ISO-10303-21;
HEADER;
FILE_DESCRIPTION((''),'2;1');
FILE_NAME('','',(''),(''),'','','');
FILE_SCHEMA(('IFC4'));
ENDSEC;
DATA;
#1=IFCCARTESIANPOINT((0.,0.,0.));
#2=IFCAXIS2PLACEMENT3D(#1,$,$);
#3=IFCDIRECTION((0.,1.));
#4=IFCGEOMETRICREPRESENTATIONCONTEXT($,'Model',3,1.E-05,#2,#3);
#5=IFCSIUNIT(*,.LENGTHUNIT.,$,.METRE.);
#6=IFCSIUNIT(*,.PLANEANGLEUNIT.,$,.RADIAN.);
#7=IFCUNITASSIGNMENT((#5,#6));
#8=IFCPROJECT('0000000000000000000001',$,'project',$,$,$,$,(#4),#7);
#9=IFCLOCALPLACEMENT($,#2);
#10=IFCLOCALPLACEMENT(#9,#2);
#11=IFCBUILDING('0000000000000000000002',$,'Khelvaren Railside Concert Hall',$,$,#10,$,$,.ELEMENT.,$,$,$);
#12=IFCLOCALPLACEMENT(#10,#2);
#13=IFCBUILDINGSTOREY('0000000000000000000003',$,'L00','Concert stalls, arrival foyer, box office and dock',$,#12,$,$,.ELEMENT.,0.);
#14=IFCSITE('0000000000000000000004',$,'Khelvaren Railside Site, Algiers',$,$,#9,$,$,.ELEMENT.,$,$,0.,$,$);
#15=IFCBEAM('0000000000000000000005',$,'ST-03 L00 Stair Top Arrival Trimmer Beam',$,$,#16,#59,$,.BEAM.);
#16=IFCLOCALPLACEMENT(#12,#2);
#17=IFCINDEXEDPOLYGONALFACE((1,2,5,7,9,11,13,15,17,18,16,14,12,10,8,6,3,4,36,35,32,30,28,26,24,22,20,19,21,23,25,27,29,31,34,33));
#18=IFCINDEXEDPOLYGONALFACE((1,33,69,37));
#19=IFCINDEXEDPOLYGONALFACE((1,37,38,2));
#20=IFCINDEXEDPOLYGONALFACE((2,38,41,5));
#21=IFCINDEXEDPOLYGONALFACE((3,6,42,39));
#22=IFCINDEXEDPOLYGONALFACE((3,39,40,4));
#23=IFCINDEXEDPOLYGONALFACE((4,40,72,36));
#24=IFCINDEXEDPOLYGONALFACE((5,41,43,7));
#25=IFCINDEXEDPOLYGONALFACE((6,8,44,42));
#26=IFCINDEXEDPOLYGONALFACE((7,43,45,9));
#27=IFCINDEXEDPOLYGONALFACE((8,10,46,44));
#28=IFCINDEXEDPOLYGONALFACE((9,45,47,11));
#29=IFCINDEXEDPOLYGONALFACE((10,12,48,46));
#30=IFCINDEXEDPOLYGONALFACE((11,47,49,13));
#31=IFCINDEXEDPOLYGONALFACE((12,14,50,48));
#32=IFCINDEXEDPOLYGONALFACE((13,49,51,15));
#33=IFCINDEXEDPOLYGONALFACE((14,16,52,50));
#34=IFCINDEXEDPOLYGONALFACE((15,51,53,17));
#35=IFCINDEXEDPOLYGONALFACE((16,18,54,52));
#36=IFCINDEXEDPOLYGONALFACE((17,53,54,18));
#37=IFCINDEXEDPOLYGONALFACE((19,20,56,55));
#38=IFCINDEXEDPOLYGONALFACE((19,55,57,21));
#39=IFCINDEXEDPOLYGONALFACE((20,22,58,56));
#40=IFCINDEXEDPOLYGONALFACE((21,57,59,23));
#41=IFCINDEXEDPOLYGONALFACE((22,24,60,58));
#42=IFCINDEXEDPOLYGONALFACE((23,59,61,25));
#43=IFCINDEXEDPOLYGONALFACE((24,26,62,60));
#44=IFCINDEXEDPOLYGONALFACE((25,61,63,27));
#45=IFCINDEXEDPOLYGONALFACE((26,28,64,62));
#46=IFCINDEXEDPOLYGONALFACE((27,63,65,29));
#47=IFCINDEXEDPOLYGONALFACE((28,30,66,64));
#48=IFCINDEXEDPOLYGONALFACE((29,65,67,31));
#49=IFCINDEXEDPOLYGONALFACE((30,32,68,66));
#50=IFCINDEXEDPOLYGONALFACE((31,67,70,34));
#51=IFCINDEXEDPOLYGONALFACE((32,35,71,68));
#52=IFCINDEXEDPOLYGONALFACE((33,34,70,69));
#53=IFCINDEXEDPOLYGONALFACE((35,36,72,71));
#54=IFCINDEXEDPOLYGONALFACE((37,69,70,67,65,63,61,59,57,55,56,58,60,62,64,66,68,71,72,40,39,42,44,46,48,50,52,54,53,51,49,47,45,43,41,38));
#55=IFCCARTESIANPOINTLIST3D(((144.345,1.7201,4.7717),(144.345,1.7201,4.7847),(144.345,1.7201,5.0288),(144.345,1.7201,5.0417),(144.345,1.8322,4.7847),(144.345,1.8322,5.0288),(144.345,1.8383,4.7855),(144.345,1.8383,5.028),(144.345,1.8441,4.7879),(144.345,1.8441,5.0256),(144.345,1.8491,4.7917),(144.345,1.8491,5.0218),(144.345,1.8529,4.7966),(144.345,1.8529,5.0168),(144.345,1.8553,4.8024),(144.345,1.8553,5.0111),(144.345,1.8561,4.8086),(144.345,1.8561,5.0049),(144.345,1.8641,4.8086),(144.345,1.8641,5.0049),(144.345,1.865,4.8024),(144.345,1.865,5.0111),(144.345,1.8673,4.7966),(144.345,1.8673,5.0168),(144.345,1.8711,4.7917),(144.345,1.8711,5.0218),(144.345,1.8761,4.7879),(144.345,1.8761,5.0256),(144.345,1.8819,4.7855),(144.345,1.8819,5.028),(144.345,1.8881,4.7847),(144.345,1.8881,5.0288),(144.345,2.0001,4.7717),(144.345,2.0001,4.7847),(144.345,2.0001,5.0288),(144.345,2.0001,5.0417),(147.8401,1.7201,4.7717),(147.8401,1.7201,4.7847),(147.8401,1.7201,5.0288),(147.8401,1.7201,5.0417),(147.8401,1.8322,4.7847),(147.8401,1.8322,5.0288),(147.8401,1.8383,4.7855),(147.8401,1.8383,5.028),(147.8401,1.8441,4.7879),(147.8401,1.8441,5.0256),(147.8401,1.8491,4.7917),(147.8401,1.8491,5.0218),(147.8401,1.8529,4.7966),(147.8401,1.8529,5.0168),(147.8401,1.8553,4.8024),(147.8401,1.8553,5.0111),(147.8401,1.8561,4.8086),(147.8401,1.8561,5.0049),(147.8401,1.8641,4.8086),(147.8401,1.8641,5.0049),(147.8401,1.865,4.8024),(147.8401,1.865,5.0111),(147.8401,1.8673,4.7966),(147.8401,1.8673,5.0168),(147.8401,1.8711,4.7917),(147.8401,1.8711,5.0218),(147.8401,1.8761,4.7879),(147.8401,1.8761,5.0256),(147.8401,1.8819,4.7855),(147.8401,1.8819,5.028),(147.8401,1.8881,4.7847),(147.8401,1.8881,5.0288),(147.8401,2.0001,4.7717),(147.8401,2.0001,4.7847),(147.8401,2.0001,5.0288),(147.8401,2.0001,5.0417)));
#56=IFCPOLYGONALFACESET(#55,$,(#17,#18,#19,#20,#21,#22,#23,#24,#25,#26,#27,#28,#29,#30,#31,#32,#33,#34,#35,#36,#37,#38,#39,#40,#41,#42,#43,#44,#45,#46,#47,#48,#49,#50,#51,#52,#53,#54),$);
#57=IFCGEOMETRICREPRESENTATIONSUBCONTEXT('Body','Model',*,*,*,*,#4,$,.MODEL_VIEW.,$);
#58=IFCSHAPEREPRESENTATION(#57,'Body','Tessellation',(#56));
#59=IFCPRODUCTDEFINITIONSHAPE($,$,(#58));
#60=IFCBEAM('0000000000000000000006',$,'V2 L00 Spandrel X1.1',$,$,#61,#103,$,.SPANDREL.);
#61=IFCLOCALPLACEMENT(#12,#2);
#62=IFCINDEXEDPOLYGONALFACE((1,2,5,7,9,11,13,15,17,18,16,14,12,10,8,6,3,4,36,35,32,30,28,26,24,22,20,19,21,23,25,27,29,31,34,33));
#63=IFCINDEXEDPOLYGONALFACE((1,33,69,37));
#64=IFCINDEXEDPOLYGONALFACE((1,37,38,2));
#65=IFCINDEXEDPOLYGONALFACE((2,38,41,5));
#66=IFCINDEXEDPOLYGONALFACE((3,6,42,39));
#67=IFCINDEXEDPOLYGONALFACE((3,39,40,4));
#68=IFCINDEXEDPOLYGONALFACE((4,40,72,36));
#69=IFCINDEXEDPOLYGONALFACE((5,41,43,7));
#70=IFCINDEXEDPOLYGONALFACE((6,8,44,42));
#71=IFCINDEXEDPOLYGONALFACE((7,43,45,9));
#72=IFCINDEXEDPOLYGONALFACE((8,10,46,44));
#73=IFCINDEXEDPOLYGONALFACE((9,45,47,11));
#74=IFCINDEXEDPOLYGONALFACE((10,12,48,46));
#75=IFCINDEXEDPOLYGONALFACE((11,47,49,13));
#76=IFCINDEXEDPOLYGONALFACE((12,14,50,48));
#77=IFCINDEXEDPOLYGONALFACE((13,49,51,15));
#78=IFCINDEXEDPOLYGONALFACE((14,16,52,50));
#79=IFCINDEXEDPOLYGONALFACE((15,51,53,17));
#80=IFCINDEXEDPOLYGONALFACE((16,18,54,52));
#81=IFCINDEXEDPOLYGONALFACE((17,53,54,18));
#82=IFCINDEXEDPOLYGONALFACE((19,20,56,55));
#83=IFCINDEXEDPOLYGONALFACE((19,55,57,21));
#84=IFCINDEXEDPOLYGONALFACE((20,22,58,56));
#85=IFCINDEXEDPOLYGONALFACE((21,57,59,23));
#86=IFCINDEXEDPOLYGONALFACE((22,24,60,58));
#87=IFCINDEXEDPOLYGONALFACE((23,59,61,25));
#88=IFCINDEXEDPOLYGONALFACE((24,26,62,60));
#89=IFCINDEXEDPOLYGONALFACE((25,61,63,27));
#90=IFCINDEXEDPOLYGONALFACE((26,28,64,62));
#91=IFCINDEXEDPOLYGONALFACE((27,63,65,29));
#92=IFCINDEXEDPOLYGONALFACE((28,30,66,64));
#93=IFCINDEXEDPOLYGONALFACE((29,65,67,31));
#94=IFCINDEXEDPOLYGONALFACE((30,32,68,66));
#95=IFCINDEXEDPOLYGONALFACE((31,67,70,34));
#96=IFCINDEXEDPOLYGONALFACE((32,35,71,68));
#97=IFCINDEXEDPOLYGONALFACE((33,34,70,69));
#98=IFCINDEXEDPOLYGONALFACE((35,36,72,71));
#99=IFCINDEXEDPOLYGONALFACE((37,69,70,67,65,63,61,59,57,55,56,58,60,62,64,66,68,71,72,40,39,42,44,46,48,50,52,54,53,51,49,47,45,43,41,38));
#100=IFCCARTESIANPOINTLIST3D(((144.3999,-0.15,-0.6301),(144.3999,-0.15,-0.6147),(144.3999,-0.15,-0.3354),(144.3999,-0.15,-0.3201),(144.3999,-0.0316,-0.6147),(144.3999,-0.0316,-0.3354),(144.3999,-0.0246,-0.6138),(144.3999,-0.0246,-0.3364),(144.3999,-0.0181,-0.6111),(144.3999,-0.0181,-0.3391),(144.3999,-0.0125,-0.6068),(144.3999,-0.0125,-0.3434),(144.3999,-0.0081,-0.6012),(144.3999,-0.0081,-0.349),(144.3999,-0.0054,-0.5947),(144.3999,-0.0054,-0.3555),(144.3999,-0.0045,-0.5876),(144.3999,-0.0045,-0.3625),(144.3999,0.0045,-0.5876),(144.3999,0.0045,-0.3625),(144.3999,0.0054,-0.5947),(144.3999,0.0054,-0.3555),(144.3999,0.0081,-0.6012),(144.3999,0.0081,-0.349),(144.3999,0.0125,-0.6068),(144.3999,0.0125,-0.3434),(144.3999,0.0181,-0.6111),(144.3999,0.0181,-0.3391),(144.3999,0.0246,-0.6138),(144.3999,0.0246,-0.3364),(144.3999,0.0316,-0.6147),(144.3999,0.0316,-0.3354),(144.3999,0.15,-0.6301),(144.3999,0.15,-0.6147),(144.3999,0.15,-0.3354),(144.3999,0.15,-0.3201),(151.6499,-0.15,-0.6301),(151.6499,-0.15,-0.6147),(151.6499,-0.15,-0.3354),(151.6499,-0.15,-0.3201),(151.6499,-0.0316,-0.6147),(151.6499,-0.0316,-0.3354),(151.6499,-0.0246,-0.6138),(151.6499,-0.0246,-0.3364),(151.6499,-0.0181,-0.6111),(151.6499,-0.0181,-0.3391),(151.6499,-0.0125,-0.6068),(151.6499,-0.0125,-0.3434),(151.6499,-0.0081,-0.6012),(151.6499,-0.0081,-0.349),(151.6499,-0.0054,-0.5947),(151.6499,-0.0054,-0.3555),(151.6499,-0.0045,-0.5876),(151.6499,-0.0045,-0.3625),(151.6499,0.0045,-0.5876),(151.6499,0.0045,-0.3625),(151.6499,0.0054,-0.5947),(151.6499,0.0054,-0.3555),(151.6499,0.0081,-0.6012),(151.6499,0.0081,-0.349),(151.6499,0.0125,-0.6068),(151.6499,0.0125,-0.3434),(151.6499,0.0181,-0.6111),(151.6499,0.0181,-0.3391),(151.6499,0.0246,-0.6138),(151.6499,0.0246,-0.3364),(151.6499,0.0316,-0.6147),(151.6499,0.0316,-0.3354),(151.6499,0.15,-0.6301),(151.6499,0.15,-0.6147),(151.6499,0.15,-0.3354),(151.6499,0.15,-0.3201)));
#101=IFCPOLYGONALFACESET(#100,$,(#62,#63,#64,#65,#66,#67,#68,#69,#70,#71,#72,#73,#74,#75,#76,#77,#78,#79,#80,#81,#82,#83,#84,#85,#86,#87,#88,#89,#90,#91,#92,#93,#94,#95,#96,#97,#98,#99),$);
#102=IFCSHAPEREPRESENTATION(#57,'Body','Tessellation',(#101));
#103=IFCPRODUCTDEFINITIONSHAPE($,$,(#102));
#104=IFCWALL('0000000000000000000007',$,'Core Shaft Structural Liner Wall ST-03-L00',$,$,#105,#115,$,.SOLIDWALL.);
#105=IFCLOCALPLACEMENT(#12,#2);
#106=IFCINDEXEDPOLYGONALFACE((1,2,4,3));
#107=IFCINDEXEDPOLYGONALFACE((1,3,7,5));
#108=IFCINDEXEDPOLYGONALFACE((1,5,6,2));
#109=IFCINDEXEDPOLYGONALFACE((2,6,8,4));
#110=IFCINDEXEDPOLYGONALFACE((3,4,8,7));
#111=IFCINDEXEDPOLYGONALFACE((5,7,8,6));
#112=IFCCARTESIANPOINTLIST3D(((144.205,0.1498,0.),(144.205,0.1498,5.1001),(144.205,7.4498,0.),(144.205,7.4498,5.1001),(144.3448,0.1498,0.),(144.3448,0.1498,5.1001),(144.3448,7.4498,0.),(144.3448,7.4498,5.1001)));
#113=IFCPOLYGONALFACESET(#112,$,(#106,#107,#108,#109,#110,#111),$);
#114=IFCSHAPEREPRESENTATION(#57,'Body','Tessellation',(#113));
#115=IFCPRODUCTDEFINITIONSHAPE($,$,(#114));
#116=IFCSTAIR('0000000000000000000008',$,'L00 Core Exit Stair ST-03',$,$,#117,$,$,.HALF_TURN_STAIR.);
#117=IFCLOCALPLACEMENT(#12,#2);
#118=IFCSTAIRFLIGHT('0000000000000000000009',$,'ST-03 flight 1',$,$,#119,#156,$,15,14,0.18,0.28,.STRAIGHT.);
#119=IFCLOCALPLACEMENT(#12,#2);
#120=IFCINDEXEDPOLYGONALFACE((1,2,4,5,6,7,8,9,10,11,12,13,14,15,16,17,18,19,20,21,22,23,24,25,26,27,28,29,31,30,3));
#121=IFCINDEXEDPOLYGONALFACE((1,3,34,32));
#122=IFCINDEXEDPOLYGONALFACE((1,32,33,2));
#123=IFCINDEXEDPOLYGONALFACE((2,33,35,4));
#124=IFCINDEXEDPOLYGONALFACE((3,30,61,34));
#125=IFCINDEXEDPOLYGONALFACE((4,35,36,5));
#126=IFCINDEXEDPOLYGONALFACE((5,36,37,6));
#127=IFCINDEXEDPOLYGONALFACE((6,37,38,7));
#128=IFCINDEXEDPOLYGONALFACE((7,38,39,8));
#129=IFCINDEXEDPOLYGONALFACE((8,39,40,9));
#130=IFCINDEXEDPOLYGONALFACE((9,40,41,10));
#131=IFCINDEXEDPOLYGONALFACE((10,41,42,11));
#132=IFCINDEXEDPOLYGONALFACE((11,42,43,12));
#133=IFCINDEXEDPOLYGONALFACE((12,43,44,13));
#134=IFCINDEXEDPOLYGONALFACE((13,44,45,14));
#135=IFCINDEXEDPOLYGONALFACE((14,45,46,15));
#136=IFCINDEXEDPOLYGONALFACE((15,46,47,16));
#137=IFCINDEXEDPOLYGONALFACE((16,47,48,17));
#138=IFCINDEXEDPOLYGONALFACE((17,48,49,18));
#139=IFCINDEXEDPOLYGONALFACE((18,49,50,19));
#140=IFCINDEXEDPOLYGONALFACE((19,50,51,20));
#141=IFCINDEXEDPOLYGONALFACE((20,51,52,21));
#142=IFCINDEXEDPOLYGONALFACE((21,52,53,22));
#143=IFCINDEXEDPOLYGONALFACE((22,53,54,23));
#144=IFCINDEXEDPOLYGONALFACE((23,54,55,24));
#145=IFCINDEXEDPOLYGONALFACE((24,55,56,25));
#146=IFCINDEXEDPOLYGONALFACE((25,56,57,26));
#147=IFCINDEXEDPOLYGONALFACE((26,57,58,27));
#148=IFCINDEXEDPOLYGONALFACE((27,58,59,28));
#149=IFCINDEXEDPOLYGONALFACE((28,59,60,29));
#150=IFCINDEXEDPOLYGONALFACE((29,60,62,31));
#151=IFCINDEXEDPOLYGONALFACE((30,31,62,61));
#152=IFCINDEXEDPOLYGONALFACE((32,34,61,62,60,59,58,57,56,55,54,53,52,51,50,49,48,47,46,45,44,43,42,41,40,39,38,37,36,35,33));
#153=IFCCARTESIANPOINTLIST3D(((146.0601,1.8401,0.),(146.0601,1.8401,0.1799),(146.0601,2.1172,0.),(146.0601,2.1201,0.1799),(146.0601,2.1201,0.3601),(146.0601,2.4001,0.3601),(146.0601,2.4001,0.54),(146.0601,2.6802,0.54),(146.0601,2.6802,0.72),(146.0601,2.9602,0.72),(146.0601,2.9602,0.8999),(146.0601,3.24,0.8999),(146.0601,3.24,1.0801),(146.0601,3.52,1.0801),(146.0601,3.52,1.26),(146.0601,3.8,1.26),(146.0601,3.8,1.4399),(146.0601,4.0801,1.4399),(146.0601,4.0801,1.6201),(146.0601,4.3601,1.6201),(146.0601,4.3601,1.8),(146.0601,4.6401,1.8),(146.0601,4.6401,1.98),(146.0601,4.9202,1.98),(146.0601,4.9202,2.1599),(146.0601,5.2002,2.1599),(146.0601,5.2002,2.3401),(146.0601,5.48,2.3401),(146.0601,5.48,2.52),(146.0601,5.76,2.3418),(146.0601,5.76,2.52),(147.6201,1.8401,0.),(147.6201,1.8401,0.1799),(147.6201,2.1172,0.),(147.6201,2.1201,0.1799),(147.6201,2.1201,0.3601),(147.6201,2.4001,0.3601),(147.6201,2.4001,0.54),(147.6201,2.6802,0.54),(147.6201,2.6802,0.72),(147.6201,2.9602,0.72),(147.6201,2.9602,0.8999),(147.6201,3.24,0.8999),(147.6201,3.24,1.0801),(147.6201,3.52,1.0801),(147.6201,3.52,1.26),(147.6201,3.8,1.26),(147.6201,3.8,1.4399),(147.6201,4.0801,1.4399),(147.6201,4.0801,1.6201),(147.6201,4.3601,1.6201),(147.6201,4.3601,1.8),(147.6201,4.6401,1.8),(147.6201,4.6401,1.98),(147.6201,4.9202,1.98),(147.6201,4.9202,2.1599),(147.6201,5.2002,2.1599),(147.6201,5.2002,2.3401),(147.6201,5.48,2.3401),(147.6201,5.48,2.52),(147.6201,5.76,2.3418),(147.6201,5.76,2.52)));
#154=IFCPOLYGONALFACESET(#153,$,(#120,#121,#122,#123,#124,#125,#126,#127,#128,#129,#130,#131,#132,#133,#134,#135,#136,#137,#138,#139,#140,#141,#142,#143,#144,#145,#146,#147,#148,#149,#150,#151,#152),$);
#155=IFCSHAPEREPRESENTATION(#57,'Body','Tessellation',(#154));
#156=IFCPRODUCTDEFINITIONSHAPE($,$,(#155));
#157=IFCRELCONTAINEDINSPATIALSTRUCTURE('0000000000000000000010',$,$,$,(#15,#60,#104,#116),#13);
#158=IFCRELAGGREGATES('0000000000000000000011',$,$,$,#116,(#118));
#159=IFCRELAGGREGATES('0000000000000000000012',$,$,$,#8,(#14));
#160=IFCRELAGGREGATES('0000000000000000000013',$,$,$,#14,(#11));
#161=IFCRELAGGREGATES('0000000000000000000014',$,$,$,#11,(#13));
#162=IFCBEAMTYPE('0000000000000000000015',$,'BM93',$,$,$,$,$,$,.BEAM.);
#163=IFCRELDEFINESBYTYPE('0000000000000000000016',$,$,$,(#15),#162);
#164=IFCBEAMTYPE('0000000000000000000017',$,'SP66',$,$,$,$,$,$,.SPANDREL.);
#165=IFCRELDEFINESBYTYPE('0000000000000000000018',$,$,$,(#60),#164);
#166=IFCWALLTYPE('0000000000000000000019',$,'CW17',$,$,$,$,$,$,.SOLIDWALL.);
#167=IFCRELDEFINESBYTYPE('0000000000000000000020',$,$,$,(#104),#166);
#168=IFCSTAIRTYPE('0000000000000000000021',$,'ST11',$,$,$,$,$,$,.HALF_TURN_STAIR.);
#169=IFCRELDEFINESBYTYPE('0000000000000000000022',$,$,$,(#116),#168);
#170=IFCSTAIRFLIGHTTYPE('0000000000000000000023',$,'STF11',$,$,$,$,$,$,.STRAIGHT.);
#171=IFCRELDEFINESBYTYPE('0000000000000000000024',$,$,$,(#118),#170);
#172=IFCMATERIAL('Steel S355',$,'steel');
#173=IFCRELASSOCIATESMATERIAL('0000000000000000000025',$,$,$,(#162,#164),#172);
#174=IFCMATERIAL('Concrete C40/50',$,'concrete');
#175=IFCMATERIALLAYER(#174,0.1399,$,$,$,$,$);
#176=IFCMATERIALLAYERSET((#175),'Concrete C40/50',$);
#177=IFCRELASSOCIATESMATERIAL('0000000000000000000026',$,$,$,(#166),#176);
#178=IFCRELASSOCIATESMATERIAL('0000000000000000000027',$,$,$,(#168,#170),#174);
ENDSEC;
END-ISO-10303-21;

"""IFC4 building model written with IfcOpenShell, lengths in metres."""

from ifc_helpers import new_model, si_unit, direction, frame, frame_2d, origin, origin_2d, place, context, subcontext, project, spatial, polyline, rectangle, i_section, outline, extrude, material, layer, layer_set, material_profile, profile_set, type_object, element, aggregate, save


model = new_model("IFC4")

# Units and contexts
model_context = context("Model", 3, precision=1e-05, world=origin(), true_north=direction((0.0, 1.0)))
body_context = subcontext(model_context, "Body", "Model", "MODEL_VIEW")
ifc_project = project(units=[si_unit("LENGTHUNIT", "METRE"), si_unit("PLANEANGLEUNIT", "RADIAN")], contexts=[model_context])

# Site, building, storey
site_placement = place(None, origin())
site = spatial("IfcSite", under=ifc_project, at=site_placement, Name="Khelvaren Railside Site, Algiers", CompositionType="ELEMENT", RefElevation=0.0)
building_placement = place(site_placement, origin())
building = spatial("IfcBuilding", under=site, at=building_placement, Name="Khelvaren Railside Concert Hall", CompositionType="ELEMENT")
storey_placement = place(building_placement, origin())
storey = spatial("IfcBuildingStorey", under=building, at=storey_placement, Name="L00", Description="Concert stalls, arrival foyer, box office and dock", CompositionType="ELEMENT", Elevation=0.0)

# Beams
ifc_material_1 = material(Name="Steel S355", Category="steel")
ifc_material_profile_1 = material_profile(ifc_material_1, i_section(OverallWidth=0.28, OverallDepth=0.27, WebThickness=0.0081, FlangeThickness=0.0129, FilletRadius=0.0239, at=origin_2d()), Name="HEA 280")
ifc_profile_set_1 = profile_set([ifc_material_profile_1], Name="Steel S355")
beam_type_1 = type_object("IfcBeamType", Name="BM93", PredefinedType="BEAM", material=ifc_profile_set_1)
beam_1_placement = place(storey_placement, frame((144.345, 1.8601, 4.9067), z_axis=(1.0, 0.0, 0.0), x_axis=(0.0, 1.0, 0.0)))
element("IfcBeam", 1, at=beam_1_placement, inside=storey, type_object=beam_type_1, Name="ST-03 L00 Stair Top Arrival Trimmer Beam", PredefinedType="BEAM", context=body_context, shape_type="SweptSolid", body=[
    extrude(i_section(OverallWidth=0.28, OverallDepth=0.27, WebThickness=0.0081, FlangeThickness=0.0129, FilletRadius=0.0239, at=origin_2d()), origin(), (0.0, 0.0, 1.0), 3.4951),
])
ifc_material_profile_2 = material_profile(ifc_material_1, i_section(OverallWidth=0.3, OverallDepth=0.3101, WebThickness=0.009, FlangeThickness=0.0154, FilletRadius=0.0271, at=origin_2d()), Name="HEA 320")
ifc_profile_set_2 = profile_set([ifc_material_profile_2], Name="Steel S355")
beam_type_2 = type_object("IfcBeamType", Name="SP66", PredefinedType="SPANDREL", material=ifc_profile_set_2)
beam_2_placement = place(storey_placement, frame((144.3999, 0.0, -0.4751), z_axis=(1.0, 0.0, 0.0), x_axis=(0.0, 1.0, 0.0)))
element("IfcBeam", 2, at=beam_2_placement, inside=storey, type_object=beam_type_2, Name="V2 L00 Spandrel X1.1", PredefinedType="SPANDREL", context=body_context, shape_type="SweptSolid", body=[
    extrude(i_section(OverallWidth=0.3, OverallDepth=0.3101, WebThickness=0.009, FlangeThickness=0.0154, FilletRadius=0.0271, at=origin_2d()), origin(), (0.0, 0.0, 1.0), 7.25),
])

# Wall
ifc_material_2 = material(Name="Concrete C40/50", Category="concrete")
ifc_layer = layer(ifc_material_2, 0.1399)
ifc_layer_set = layer_set([ifc_layer], Name="Concrete C40/50")
wall_type = type_object("IfcWallType", Name="CW17", PredefinedType="SOLIDWALL", material=ifc_layer_set)
wall_placement = place(storey_placement, frame((144.2749, 0.1499, 0.0), z_axis=(0.0, 0.0, 1.0), x_axis=(0.0, 1.0, 0.0)))
element("IfcWall", 3, at=wall_placement, inside=storey, type_object=wall_type, Name="Core Shaft Structural Liner Wall ST-03-L00", PredefinedType="SOLIDWALL", context=body_context, shape_type="SweptSolid", body=[
    extrude(rectangle(XDim=7.3, YDim=0.1399, at=frame_2d((3.6499, 0.0))), origin(), (0.0, 0.0, 1.0), 5.1001),
])

# Stair, stair flight
stair_type = type_object("IfcStairType", Name="ST11", PredefinedType="HALF_TURN_STAIR", material=ifc_material_2)
stair_placement = place(storey_placement, origin())
stair = element("IfcStair", 4, at=stair_placement, inside=storey, type_object=stair_type, Name="L00 Core Exit Stair ST-03", PredefinedType="HALF_TURN_STAIR")
stair_flight_type = type_object("IfcStairFlightType", Name="STF11", PredefinedType="STRAIGHT", material=ifc_material_2)
stair_flight_1_placement = place(storey_placement, frame((146.8401, 1.8401, 0.0), z_axis=(0.0, 0.0, 1.0), x_axis=(0.0, 1.0, 0.0)))
stair_flight_1 = element("IfcStairFlight", 5, at=stair_flight_1_placement, type_object=stair_flight_type, Name="ST-03 flight 1", NumberOfRisers=15, NumberOfTreads=14, PredefinedType="STRAIGHT", RiserHeight=0.18, TreadLength=0.28, context=body_context, shape_type="SweptSolid", body=[
    extrude(outline(polyline([(0.0, 0.0), (0.0, 0.1799), (0.28, 0.1799), (0.28, 0.3601), (0.5601, 0.3601), (0.5601, 0.54), (0.8401, 0.54), (0.8401, 0.72), (1.1201, 0.72), (1.1201, 0.8999), (1.3999, 0.8999), (1.3999, 1.0801), (1.6799, 1.0801), (1.6799, 1.26), (1.96, 1.26), (1.96, 1.4399), (2.24, 1.4399), (2.24, 1.6201), (2.52, 1.6201), (2.52, 1.8), (2.8, 1.8), (2.8, 1.98), (3.0801, 1.98), (3.0801, 2.1599), (3.3601, 2.1599), (3.3601, 2.3401), (3.6399, 2.3401), (3.6399, 2.52), (3.9199, 2.52), (3.9199, 2.7), (3.9199, 2.3418), (0.2771, 0.0), (0.0, 0.0)])), frame((0.0, 0.78, 0.0), z_axis=(0.0, -1.0, 0.0), x_axis=(1.0, 0.0, 0.0)), (0.0, 0.0, 1.0), 1.5601),
])
aggregate(stair, [stair_flight_1])

save(model, "model.ifc")
